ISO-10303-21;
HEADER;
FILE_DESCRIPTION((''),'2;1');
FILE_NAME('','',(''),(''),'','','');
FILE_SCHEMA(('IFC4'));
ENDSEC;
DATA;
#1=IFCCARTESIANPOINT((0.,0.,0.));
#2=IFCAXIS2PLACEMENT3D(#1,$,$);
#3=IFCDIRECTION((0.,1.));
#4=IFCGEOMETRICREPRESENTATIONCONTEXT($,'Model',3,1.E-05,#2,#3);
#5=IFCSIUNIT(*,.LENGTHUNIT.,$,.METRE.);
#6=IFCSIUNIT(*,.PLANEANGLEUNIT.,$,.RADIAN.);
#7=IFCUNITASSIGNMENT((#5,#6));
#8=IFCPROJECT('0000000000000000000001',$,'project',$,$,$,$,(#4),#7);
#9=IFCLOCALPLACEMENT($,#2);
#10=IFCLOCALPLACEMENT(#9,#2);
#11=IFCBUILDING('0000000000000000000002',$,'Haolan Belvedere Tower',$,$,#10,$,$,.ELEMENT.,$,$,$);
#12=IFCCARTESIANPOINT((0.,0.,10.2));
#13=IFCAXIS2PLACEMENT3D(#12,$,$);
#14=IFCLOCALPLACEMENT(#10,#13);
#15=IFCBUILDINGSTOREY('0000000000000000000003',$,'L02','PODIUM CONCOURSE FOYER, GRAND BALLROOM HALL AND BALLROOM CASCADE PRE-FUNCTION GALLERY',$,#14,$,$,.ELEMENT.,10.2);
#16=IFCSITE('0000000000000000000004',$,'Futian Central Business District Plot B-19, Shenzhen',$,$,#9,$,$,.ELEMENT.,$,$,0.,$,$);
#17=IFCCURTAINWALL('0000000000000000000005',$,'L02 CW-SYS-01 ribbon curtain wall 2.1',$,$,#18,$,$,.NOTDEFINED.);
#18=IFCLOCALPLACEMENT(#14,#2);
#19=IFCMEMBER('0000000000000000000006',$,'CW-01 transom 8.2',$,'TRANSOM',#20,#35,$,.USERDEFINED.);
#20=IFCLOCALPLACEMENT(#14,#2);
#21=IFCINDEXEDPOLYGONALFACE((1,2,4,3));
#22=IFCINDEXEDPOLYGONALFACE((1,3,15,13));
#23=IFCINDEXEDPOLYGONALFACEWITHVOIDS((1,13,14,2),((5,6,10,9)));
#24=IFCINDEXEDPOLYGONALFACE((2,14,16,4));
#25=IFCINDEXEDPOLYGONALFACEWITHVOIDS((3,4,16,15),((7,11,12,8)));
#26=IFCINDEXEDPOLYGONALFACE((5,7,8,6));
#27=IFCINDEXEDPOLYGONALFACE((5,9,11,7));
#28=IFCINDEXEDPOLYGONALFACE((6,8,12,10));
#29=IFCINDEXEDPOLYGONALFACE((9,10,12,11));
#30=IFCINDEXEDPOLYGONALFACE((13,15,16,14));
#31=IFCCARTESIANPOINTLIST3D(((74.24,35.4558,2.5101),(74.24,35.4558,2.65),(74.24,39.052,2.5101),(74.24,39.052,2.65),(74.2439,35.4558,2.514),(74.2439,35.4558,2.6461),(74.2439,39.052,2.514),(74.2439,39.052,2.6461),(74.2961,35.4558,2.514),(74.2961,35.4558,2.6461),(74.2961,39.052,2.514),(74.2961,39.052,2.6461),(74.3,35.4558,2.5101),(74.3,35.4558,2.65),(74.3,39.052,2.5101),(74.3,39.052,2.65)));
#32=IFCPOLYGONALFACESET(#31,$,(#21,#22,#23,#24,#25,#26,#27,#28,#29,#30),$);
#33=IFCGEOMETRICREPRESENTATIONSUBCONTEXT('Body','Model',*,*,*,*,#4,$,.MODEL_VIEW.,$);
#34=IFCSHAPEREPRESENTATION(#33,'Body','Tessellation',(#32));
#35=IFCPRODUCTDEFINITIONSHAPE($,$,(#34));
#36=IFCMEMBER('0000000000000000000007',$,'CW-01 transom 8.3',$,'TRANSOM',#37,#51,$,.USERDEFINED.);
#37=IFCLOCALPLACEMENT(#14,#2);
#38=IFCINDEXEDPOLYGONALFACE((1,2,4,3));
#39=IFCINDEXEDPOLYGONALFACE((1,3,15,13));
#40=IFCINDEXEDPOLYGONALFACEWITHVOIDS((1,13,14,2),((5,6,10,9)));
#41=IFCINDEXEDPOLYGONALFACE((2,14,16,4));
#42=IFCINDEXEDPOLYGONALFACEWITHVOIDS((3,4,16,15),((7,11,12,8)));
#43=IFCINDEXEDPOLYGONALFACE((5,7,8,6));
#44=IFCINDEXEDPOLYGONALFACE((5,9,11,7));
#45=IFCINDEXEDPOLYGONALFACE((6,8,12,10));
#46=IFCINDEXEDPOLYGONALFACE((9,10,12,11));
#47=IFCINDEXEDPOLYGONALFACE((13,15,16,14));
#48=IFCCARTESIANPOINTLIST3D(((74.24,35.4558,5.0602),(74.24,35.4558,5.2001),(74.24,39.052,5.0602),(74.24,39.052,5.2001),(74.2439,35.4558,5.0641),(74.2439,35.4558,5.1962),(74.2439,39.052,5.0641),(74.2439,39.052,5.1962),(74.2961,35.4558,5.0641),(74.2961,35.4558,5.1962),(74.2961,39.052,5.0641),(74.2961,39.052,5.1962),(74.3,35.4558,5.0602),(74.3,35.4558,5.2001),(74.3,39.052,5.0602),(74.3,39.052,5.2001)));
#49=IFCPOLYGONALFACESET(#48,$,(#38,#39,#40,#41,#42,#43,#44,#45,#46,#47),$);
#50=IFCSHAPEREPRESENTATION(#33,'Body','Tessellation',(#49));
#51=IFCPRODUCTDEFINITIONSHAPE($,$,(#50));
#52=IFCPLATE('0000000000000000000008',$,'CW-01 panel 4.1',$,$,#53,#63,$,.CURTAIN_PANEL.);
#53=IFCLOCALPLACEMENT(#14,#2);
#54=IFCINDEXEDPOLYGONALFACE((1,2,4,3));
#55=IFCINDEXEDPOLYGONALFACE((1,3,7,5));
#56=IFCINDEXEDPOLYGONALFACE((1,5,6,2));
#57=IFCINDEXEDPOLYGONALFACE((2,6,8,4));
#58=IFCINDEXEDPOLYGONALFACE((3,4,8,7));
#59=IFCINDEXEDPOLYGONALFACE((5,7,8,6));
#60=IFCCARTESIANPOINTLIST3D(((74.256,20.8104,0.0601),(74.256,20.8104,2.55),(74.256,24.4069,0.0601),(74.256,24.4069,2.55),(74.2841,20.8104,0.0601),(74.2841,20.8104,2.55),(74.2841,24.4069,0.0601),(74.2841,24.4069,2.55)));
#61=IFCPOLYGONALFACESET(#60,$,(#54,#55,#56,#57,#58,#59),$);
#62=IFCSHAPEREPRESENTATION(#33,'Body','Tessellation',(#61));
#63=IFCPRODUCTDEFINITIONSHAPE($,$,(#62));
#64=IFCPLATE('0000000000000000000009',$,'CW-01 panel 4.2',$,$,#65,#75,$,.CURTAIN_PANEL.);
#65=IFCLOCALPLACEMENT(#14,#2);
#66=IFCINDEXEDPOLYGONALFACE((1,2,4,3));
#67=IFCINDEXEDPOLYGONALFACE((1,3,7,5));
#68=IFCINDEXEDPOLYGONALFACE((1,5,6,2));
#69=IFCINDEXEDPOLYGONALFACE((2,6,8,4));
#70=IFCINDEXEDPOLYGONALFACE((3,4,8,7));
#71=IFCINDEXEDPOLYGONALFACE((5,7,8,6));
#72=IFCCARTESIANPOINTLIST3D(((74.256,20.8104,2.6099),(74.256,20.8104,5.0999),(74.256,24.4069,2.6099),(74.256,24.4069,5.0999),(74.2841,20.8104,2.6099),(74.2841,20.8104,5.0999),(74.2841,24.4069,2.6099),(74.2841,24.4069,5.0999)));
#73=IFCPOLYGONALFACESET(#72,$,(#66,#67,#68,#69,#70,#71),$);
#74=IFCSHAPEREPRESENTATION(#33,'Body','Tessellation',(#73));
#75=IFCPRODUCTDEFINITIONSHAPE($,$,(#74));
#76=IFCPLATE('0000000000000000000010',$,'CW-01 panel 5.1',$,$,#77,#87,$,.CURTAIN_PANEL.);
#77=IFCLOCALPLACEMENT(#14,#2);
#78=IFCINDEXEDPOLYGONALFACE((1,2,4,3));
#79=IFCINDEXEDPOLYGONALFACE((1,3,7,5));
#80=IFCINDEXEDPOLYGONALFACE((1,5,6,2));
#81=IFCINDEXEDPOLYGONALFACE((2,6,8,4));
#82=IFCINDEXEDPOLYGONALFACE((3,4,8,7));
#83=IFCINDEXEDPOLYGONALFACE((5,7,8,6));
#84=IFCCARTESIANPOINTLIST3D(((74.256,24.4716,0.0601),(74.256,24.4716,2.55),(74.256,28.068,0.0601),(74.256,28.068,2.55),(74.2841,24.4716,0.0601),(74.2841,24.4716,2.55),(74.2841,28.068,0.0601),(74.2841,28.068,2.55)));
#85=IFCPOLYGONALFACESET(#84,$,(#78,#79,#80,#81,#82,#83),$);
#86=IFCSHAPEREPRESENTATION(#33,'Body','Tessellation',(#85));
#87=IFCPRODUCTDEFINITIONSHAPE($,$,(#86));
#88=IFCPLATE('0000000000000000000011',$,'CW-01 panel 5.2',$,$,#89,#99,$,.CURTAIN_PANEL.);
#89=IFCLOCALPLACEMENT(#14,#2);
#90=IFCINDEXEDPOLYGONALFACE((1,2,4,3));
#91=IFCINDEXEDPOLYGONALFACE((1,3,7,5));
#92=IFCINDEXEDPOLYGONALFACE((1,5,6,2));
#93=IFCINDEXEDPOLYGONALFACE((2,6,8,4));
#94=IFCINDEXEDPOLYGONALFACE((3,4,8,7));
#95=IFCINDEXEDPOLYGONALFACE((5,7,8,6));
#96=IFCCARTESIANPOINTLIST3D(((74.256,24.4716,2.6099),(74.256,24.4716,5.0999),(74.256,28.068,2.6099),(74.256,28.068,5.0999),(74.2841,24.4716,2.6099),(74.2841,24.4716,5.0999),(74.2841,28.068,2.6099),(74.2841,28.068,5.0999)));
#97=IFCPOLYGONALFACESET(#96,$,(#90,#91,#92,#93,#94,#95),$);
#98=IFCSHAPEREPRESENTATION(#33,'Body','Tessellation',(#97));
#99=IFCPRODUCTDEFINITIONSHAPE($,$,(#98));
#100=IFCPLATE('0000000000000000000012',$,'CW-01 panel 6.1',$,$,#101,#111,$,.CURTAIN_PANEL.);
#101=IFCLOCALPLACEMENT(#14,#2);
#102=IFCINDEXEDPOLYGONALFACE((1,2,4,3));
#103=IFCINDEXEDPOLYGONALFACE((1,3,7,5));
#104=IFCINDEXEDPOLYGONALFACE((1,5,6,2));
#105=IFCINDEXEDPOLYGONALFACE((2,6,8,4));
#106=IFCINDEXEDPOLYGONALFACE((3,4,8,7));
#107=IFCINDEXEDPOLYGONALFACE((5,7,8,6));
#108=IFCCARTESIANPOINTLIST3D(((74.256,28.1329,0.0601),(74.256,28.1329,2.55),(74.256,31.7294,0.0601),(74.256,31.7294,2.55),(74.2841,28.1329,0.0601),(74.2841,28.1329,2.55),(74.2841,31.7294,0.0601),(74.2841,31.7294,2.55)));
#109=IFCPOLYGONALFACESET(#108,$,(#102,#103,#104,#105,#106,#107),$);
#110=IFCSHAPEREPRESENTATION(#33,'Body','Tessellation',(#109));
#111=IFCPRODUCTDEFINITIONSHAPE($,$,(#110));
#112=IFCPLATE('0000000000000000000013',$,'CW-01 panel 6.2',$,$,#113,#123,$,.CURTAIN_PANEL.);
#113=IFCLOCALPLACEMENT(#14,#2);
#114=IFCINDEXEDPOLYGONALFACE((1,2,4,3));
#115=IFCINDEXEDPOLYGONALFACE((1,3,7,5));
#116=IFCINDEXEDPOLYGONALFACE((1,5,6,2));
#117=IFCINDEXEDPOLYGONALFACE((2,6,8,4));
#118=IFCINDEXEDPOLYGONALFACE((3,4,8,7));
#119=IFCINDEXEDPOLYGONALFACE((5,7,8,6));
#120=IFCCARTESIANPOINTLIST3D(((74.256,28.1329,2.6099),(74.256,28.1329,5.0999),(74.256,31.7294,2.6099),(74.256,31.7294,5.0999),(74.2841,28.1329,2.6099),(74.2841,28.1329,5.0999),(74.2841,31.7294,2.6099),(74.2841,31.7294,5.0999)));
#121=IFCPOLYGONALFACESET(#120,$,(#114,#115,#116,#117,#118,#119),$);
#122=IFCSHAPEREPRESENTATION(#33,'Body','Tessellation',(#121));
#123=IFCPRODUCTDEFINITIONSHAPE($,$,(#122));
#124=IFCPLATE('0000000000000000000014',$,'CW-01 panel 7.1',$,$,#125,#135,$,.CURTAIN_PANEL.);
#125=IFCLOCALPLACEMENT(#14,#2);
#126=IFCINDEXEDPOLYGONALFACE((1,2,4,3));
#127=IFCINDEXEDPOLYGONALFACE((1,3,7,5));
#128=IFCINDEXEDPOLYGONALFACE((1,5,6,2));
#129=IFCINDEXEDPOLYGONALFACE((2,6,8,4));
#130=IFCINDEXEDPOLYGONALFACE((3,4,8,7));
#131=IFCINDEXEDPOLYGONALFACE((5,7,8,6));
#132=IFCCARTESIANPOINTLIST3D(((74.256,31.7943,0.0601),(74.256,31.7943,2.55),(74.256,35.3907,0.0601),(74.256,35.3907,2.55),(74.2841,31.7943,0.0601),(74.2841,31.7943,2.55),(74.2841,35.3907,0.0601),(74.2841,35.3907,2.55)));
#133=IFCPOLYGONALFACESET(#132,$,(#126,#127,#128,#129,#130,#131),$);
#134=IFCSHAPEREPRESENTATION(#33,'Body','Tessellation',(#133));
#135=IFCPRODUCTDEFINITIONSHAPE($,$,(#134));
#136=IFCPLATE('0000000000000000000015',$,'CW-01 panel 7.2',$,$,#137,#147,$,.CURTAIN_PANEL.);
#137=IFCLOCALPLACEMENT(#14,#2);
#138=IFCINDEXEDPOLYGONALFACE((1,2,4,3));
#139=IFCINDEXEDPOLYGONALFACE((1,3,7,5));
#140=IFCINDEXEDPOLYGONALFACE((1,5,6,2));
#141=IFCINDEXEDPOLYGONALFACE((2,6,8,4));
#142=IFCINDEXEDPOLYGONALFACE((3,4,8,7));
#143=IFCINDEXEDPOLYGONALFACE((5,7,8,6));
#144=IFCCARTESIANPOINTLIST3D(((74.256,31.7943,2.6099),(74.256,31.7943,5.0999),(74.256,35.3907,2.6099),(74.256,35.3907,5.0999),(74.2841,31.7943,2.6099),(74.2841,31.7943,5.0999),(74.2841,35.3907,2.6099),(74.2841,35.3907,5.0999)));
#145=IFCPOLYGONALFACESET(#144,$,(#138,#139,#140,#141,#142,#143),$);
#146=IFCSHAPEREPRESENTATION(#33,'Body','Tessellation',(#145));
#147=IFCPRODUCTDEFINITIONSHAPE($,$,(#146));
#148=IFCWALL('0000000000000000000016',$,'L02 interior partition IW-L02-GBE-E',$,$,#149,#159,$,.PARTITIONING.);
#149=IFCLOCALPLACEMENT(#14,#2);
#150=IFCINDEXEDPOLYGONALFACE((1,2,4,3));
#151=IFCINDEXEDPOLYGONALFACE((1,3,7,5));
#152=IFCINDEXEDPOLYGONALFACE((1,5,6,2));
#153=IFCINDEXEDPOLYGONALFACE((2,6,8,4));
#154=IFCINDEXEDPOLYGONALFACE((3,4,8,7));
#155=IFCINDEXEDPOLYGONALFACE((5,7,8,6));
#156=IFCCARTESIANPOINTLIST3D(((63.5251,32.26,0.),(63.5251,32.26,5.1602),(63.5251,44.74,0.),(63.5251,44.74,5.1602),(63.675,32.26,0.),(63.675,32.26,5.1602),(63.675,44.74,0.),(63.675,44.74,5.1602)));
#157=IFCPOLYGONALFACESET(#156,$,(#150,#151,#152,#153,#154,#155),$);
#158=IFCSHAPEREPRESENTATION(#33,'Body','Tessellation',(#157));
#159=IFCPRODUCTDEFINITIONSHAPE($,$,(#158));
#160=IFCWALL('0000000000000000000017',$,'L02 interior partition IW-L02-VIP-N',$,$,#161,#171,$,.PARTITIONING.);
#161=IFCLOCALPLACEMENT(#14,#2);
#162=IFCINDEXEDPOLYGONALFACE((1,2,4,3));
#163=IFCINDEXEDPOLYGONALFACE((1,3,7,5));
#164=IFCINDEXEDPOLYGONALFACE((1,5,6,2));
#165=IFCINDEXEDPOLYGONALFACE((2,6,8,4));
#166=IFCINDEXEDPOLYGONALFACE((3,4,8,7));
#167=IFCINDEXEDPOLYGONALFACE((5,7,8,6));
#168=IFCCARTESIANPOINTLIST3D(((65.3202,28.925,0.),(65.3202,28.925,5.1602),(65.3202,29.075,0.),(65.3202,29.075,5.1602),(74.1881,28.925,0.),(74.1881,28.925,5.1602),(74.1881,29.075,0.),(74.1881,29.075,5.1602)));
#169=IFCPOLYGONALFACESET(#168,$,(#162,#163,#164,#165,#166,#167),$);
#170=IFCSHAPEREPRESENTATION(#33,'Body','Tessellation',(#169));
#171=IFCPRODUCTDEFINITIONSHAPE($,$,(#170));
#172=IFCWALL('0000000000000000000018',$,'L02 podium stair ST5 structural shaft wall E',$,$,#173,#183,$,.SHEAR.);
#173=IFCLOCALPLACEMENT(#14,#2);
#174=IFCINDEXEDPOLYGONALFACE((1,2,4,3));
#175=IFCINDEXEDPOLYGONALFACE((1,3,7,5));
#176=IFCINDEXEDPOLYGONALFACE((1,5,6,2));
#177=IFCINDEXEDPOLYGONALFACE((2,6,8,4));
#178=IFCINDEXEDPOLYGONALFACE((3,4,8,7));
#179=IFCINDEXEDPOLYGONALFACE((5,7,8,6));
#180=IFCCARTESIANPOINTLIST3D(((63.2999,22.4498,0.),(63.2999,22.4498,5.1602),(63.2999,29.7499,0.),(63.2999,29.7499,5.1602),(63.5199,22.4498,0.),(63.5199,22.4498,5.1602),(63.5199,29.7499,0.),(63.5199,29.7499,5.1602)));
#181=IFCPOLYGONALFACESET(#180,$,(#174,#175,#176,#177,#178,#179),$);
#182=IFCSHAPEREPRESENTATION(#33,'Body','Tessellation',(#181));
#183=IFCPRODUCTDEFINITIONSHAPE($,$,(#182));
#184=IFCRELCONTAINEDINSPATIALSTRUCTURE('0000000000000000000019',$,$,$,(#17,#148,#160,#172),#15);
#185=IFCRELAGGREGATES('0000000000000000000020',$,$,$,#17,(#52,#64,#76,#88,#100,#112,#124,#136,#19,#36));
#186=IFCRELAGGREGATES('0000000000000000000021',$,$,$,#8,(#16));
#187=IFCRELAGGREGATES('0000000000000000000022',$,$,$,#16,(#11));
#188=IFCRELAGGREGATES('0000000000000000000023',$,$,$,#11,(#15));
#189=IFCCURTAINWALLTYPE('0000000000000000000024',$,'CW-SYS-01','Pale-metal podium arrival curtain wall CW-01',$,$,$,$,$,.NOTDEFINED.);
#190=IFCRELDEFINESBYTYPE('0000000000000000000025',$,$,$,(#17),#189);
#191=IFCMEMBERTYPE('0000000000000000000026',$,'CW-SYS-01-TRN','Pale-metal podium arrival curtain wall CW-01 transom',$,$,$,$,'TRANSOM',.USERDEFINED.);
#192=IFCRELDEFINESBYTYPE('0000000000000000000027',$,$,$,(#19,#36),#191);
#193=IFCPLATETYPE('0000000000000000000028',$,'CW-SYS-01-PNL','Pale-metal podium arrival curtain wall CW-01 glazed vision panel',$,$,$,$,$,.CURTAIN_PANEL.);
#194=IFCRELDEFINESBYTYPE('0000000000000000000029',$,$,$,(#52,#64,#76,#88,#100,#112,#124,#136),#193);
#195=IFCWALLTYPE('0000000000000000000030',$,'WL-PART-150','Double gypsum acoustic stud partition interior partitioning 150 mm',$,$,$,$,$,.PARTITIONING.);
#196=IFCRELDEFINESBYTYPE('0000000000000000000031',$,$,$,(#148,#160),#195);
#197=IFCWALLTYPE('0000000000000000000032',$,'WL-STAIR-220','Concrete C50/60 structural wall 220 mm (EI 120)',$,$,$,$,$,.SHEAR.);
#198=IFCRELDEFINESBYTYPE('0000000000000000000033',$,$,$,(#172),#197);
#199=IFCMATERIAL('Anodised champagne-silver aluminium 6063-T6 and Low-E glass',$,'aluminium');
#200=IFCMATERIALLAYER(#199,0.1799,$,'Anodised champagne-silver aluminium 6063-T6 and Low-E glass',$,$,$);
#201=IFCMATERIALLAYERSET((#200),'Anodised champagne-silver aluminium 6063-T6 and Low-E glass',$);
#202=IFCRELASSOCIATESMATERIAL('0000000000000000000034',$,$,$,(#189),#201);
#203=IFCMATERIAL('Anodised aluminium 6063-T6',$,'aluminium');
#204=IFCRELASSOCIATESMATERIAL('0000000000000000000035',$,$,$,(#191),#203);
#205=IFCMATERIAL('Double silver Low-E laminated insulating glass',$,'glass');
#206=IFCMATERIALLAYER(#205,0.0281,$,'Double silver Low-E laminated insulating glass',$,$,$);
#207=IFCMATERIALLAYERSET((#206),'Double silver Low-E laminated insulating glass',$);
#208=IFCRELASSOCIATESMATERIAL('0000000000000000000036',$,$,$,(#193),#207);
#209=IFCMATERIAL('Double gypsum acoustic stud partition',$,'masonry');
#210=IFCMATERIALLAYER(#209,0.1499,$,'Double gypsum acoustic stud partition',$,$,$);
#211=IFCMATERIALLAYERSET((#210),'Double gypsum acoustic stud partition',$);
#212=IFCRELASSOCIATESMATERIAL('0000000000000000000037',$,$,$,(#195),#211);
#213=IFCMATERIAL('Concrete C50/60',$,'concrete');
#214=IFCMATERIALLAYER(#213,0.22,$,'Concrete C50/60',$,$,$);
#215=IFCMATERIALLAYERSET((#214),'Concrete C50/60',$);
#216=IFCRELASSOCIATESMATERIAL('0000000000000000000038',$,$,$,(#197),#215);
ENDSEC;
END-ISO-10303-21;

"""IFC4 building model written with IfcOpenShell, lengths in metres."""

from ifc_helpers import new_model, si_unit, direction, frame, frame_2d, origin, origin_2d, place, context, subcontext, project, spatial, rectangle, hollow_rectangle, extrude, material, layer, layer_set, material_profile, profile_set, type_object, element, aggregate, save


model = new_model("IFC4")

# Units and contexts
model_context = context("Model", 3, precision=1e-05, world=origin(), true_north=direction((0.0, 1.0)))
body_context = subcontext(model_context, "Body", "Model", "MODEL_VIEW")
ifc_project = project(units=[si_unit("LENGTHUNIT", "METRE"), si_unit("PLANEANGLEUNIT", "RADIAN")], contexts=[model_context])

# Site, building, storey
site_placement = place(None, origin())
site = spatial("IfcSite", under=ifc_project, at=site_placement, Name="Futian Central Business District Plot B-19, Shenzhen", CompositionType="ELEMENT", RefElevation=0.0)
building_placement = place(site_placement, origin())
building = spatial("IfcBuilding", under=site, at=building_placement, Name="Haolan Belvedere Tower", CompositionType="ELEMENT")
storey_placement = place(building_placement, frame((0.0, 0.0, 10.2)))
storey = spatial("IfcBuildingStorey", under=building, at=storey_placement, Name="L02", Description="PODIUM CONCOURSE FOYER, GRAND BALLROOM HALL AND BALLROOM CASCADE PRE-FUNCTION GALLERY", CompositionType="ELEMENT", Elevation=10.2)

# Curtain wall, members, plates
ifc_material_1 = material(Name="Anodised champagne-silver aluminium 6063-T6 and Low-E glass", Category="aluminium")
ifc_layer_1 = layer(ifc_material_1, 0.1799, Name="Anodised champagne-silver aluminium 6063-T6 and Low-E glass")
ifc_layer_set_1 = layer_set([ifc_layer_1], Name="Anodised champagne-silver aluminium 6063-T6 and Low-E glass")
curtain_wall_type = type_object("IfcCurtainWallType", Name="CW-SYS-01", Description="Pale-metal podium arrival curtain wall CW-01", PredefinedType="NOTDEFINED", material=ifc_layer_set_1)
curtain_wall_placement = place(storey_placement, origin())
curtain_wall = element("IfcCurtainWall", 1, at=curtain_wall_placement, inside=storey, type_object=curtain_wall_type, Name="L02 CW-SYS-01 ribbon curtain wall 2.1", PredefinedType="NOTDEFINED")
ifc_material_2 = material(Name="Anodised aluminium 6063-T6", Category="aluminium")
ifc_material_profile_1 = material_profile(ifc_material_2, hollow_rectangle(XDim=0.0601, YDim=0.1399, WallThickness=0.0039, at=origin_2d()), Name="Anodised aluminium 6063-T6")
ifc_profile_set_1 = profile_set([ifc_material_profile_1], Name="Anodised aluminium 6063-T6")
member_type_1 = type_object("IfcMemberType", Name="CW-SYS-01-TRN", Description="Pale-metal podium arrival curtain wall CW-01 transom", ElementType="TRANSOM", PredefinedType="USERDEFINED", material=ifc_profile_set_1)
member_1_placement = place(storey_placement, frame((74.27, 35.4558, 2.5801), z_axis=(0.0, 1.0, 0.0), x_axis=(-1.0, 0.0, 0.0)))
member_1 = element("IfcMember", 2, at=member_1_placement, type_object=member_type_1, Name="CW-01 transom 8.2", ObjectType="TRANSOM", PredefinedType="USERDEFINED", context=body_context, shape_type="SweptSolid", body=[
    extrude(hollow_rectangle(XDim=0.0601, YDim=0.1399, WallThickness=0.0039, at=origin_2d()), origin(), (0.0, 0.0, 1.0), 3.5962),
])
member_2_placement = place(storey_placement, frame((74.27, 35.4558, 5.1301), z_axis=(0.0, 1.0, 0.0), x_axis=(-1.0, 0.0, 0.0)))
member_2 = element("IfcMember", 3, at=member_2_placement, type_object=member_type_1, Name="CW-01 transom 8.3", ObjectType="TRANSOM", PredefinedType="USERDEFINED", context=body_context, shape_type="SweptSolid", body=[
    extrude(hollow_rectangle(XDim=0.0601, YDim=0.1399, WallThickness=0.0039, at=origin_2d()), origin(), (0.0, 0.0, 1.0), 3.5962),
])
ifc_material_3 = material(Name="Double silver Low-E laminated insulating glass", Category="glass")
ifc_layer_2 = layer(ifc_material_3, 0.0281, Name="Double silver Low-E laminated insulating glass")
ifc_layer_set_2 = layer_set([ifc_layer_2], Name="Double silver Low-E laminated insulating glass")
plate_type = type_object("IfcPlateType", Name="CW-SYS-01-PNL", Description="Pale-metal podium arrival curtain wall CW-01 glazed vision panel", PredefinedType="CURTAIN_PANEL", material=ifc_layer_set_2)
plate_1_placement = place(storey_placement, frame((74.27, 22.6086, 0.0601), z_axis=(0.0, 0.0, 1.0), x_axis=(0.0, 1.0, 0.0)))
plate_1 = element("IfcPlate", 4, at=plate_1_placement, type_object=plate_type, Name="CW-01 panel 4.1", PredefinedType="CURTAIN_PANEL", context=body_context, shape_type="SweptSolid", body=[
    extrude(rectangle(XDim=3.5964, YDim=0.0281, at=origin_2d()), origin(), (0.0, 0.0, 1.0), 2.49),
])
plate_2_placement = place(storey_placement, frame((74.27, 22.6086, 2.6099), z_axis=(0.0, 0.0, 1.0), x_axis=(0.0, 1.0, 0.0)))
plate_2 = element("IfcPlate", 5, at=plate_2_placement, type_object=plate_type, Name="CW-01 panel 4.2", PredefinedType="CURTAIN_PANEL", context=body_context, shape_type="SweptSolid", body=[
    extrude(rectangle(XDim=3.5964, YDim=0.0281, at=origin_2d()), origin(), (0.0, 0.0, 1.0), 2.49),
])
plate_3_placement = place(storey_placement, frame((74.27, 26.2698, 0.0601), z_axis=(0.0, 0.0, 1.0), x_axis=(0.0, 1.0, 0.0)))
plate_3 = element("IfcPlate", 6, at=plate_3_placement, type_object=plate_type, Name="CW-01 panel 5.1", PredefinedType="CURTAIN_PANEL", context=body_context, shape_type="SweptSolid", body=[
    extrude(rectangle(XDim=3.5964, YDim=0.0281, at=origin_2d()), origin(), (0.0, 0.0, 1.0), 2.49),
])
plate_4_placement = place(storey_placement, frame((74.27, 26.2698, 2.6099), z_axis=(0.0, 0.0, 1.0), x_axis=(0.0, 1.0, 0.0)))
plate_4 = element("IfcPlate", 7, at=plate_4_placement, type_object=plate_type, Name="CW-01 panel 5.2", PredefinedType="CURTAIN_PANEL", context=body_context, shape_type="SweptSolid", body=[
    extrude(rectangle(XDim=3.5964, YDim=0.0281, at=origin_2d()), origin(), (0.0, 0.0, 1.0), 2.49),
])
plate_5_placement = place(storey_placement, frame((74.27, 29.9312, 0.0601), z_axis=(0.0, 0.0, 1.0), x_axis=(0.0, 1.0, 0.0)))
plate_5 = element("IfcPlate", 8, at=plate_5_placement, type_object=plate_type, Name="CW-01 panel 6.1", PredefinedType="CURTAIN_PANEL", context=body_context, shape_type="SweptSolid", body=[
    extrude(rectangle(XDim=3.5964, YDim=0.0281, at=origin_2d()), origin(), (0.0, 0.0, 1.0), 2.49),
])
plate_6_placement = place(storey_placement, frame((74.27, 29.9312, 2.6099), z_axis=(0.0, 0.0, 1.0), x_axis=(0.0, 1.0, 0.0)))
plate_6 = element("IfcPlate", 9, at=plate_6_placement, type_object=plate_type, Name="CW-01 panel 6.2", PredefinedType="CURTAIN_PANEL", context=body_context, shape_type="SweptSolid", body=[
    extrude(rectangle(XDim=3.5964, YDim=0.0281, at=origin_2d()), origin(), (0.0, 0.0, 1.0), 2.49),
])
plate_7_placement = place(storey_placement, frame((74.27, 33.5925, 0.0601), z_axis=(0.0, 0.0, 1.0), x_axis=(0.0, 1.0, 0.0)))
plate_7 = element("IfcPlate", 10, at=plate_7_placement, type_object=plate_type, Name="CW-01 panel 7.1", PredefinedType="CURTAIN_PANEL", context=body_context, shape_type="SweptSolid", body=[
    extrude(rectangle(XDim=3.5964, YDim=0.0281, at=origin_2d()), origin(), (0.0, 0.0, 1.0), 2.49),
])
plate_8_placement = place(storey_placement, frame((74.27, 33.5925, 2.6099), z_axis=(0.0, 0.0, 1.0), x_axis=(0.0, 1.0, 0.0)))
plate_8 = element("IfcPlate", 11, at=plate_8_placement, type_object=plate_type, Name="CW-01 panel 7.2", PredefinedType="CURTAIN_PANEL", context=body_context, shape_type="SweptSolid", body=[
    extrude(rectangle(XDim=3.5964, YDim=0.0281, at=origin_2d()), origin(), (0.0, 0.0, 1.0), 2.49),
])
aggregate(curtain_wall, [plate_1, plate_2, plate_3, plate_4, plate_5, plate_6, plate_7, plate_8, member_1, member_2])

# Walls
ifc_material_4 = material(Name="Double gypsum acoustic stud partition", Category="masonry")
ifc_layer_3 = layer(ifc_material_4, 0.1499, Name="Double gypsum acoustic stud partition")
ifc_layer_set_3 = layer_set([ifc_layer_3], Name="Double gypsum acoustic stud partition")
wall_type_1 = type_object("IfcWallType", Name="WL-PART-150", Description="Double gypsum acoustic stud partition interior partitioning 150 mm", PredefinedType="PARTITIONING", material=ifc_layer_set_3)
wall_1_placement = place(storey_placement, frame((63.6001, 32.26, 0.0), z_axis=(0.0, 0.0, 1.0), x_axis=(0.0, 1.0, 0.0)))
element("IfcWall", 12, at=wall_1_placement, inside=storey, type_object=wall_type_1, Name="L02 interior partition IW-L02-GBE-E", PredefinedType="PARTITIONING", context=body_context, shape_type="SweptSolid", body=[
    extrude(rectangle(XDim=12.48, YDim=0.1499, at=frame_2d((6.24, 0.0))), origin(), (0.0, 0.0, 1.0), 5.1602),
])
wall_2_placement = place(storey_placement, frame((65.3201, 29.0, 0.0), z_axis=(0.0, 0.0, 1.0), x_axis=(1.0, 0.0, 0.0)))
element("IfcWall", 13, at=wall_2_placement, inside=storey, type_object=wall_type_1, Name="L02 interior partition IW-L02-VIP-N", PredefinedType="PARTITIONING", context=body_context, shape_type="SweptSolid", body=[
    extrude(rectangle(XDim=8.8679, YDim=0.1499, at=frame_2d((4.4341, 0.0))), origin(), (0.0, 0.0, 1.0), 5.1602),
])
ifc_material_5 = material(Name="Concrete C50/60", Category="concrete")
ifc_layer_4 = layer(ifc_material_5, 0.22, Name="Concrete C50/60")
ifc_layer_set_4 = layer_set([ifc_layer_4], Name="Concrete C50/60")
wall_type_2 = type_object("IfcWallType", Name="WL-STAIR-220", Description="Concrete C50/60 structural wall 220 mm (EI 120)", PredefinedType="SHEAR", material=ifc_layer_set_4)
wall_3_placement = place(storey_placement, frame((63.4099, 22.45, 0.0), z_axis=(0.0, 0.0, 1.0), x_axis=(0.0, 1.0, 0.0)))
element("IfcWall", 14, at=wall_3_placement, inside=storey, type_object=wall_type_2, Name="L02 podium stair ST5 structural shaft wall E", PredefinedType="SHEAR", context=body_context, shape_type="SweptSolid", body=[
    extrude(rectangle(XDim=7.3, YDim=0.22, at=frame_2d((3.6499, 0.0))), origin(), (0.0, 0.0, 1.0), 5.1602),
])

save(model, "model.ifc")
